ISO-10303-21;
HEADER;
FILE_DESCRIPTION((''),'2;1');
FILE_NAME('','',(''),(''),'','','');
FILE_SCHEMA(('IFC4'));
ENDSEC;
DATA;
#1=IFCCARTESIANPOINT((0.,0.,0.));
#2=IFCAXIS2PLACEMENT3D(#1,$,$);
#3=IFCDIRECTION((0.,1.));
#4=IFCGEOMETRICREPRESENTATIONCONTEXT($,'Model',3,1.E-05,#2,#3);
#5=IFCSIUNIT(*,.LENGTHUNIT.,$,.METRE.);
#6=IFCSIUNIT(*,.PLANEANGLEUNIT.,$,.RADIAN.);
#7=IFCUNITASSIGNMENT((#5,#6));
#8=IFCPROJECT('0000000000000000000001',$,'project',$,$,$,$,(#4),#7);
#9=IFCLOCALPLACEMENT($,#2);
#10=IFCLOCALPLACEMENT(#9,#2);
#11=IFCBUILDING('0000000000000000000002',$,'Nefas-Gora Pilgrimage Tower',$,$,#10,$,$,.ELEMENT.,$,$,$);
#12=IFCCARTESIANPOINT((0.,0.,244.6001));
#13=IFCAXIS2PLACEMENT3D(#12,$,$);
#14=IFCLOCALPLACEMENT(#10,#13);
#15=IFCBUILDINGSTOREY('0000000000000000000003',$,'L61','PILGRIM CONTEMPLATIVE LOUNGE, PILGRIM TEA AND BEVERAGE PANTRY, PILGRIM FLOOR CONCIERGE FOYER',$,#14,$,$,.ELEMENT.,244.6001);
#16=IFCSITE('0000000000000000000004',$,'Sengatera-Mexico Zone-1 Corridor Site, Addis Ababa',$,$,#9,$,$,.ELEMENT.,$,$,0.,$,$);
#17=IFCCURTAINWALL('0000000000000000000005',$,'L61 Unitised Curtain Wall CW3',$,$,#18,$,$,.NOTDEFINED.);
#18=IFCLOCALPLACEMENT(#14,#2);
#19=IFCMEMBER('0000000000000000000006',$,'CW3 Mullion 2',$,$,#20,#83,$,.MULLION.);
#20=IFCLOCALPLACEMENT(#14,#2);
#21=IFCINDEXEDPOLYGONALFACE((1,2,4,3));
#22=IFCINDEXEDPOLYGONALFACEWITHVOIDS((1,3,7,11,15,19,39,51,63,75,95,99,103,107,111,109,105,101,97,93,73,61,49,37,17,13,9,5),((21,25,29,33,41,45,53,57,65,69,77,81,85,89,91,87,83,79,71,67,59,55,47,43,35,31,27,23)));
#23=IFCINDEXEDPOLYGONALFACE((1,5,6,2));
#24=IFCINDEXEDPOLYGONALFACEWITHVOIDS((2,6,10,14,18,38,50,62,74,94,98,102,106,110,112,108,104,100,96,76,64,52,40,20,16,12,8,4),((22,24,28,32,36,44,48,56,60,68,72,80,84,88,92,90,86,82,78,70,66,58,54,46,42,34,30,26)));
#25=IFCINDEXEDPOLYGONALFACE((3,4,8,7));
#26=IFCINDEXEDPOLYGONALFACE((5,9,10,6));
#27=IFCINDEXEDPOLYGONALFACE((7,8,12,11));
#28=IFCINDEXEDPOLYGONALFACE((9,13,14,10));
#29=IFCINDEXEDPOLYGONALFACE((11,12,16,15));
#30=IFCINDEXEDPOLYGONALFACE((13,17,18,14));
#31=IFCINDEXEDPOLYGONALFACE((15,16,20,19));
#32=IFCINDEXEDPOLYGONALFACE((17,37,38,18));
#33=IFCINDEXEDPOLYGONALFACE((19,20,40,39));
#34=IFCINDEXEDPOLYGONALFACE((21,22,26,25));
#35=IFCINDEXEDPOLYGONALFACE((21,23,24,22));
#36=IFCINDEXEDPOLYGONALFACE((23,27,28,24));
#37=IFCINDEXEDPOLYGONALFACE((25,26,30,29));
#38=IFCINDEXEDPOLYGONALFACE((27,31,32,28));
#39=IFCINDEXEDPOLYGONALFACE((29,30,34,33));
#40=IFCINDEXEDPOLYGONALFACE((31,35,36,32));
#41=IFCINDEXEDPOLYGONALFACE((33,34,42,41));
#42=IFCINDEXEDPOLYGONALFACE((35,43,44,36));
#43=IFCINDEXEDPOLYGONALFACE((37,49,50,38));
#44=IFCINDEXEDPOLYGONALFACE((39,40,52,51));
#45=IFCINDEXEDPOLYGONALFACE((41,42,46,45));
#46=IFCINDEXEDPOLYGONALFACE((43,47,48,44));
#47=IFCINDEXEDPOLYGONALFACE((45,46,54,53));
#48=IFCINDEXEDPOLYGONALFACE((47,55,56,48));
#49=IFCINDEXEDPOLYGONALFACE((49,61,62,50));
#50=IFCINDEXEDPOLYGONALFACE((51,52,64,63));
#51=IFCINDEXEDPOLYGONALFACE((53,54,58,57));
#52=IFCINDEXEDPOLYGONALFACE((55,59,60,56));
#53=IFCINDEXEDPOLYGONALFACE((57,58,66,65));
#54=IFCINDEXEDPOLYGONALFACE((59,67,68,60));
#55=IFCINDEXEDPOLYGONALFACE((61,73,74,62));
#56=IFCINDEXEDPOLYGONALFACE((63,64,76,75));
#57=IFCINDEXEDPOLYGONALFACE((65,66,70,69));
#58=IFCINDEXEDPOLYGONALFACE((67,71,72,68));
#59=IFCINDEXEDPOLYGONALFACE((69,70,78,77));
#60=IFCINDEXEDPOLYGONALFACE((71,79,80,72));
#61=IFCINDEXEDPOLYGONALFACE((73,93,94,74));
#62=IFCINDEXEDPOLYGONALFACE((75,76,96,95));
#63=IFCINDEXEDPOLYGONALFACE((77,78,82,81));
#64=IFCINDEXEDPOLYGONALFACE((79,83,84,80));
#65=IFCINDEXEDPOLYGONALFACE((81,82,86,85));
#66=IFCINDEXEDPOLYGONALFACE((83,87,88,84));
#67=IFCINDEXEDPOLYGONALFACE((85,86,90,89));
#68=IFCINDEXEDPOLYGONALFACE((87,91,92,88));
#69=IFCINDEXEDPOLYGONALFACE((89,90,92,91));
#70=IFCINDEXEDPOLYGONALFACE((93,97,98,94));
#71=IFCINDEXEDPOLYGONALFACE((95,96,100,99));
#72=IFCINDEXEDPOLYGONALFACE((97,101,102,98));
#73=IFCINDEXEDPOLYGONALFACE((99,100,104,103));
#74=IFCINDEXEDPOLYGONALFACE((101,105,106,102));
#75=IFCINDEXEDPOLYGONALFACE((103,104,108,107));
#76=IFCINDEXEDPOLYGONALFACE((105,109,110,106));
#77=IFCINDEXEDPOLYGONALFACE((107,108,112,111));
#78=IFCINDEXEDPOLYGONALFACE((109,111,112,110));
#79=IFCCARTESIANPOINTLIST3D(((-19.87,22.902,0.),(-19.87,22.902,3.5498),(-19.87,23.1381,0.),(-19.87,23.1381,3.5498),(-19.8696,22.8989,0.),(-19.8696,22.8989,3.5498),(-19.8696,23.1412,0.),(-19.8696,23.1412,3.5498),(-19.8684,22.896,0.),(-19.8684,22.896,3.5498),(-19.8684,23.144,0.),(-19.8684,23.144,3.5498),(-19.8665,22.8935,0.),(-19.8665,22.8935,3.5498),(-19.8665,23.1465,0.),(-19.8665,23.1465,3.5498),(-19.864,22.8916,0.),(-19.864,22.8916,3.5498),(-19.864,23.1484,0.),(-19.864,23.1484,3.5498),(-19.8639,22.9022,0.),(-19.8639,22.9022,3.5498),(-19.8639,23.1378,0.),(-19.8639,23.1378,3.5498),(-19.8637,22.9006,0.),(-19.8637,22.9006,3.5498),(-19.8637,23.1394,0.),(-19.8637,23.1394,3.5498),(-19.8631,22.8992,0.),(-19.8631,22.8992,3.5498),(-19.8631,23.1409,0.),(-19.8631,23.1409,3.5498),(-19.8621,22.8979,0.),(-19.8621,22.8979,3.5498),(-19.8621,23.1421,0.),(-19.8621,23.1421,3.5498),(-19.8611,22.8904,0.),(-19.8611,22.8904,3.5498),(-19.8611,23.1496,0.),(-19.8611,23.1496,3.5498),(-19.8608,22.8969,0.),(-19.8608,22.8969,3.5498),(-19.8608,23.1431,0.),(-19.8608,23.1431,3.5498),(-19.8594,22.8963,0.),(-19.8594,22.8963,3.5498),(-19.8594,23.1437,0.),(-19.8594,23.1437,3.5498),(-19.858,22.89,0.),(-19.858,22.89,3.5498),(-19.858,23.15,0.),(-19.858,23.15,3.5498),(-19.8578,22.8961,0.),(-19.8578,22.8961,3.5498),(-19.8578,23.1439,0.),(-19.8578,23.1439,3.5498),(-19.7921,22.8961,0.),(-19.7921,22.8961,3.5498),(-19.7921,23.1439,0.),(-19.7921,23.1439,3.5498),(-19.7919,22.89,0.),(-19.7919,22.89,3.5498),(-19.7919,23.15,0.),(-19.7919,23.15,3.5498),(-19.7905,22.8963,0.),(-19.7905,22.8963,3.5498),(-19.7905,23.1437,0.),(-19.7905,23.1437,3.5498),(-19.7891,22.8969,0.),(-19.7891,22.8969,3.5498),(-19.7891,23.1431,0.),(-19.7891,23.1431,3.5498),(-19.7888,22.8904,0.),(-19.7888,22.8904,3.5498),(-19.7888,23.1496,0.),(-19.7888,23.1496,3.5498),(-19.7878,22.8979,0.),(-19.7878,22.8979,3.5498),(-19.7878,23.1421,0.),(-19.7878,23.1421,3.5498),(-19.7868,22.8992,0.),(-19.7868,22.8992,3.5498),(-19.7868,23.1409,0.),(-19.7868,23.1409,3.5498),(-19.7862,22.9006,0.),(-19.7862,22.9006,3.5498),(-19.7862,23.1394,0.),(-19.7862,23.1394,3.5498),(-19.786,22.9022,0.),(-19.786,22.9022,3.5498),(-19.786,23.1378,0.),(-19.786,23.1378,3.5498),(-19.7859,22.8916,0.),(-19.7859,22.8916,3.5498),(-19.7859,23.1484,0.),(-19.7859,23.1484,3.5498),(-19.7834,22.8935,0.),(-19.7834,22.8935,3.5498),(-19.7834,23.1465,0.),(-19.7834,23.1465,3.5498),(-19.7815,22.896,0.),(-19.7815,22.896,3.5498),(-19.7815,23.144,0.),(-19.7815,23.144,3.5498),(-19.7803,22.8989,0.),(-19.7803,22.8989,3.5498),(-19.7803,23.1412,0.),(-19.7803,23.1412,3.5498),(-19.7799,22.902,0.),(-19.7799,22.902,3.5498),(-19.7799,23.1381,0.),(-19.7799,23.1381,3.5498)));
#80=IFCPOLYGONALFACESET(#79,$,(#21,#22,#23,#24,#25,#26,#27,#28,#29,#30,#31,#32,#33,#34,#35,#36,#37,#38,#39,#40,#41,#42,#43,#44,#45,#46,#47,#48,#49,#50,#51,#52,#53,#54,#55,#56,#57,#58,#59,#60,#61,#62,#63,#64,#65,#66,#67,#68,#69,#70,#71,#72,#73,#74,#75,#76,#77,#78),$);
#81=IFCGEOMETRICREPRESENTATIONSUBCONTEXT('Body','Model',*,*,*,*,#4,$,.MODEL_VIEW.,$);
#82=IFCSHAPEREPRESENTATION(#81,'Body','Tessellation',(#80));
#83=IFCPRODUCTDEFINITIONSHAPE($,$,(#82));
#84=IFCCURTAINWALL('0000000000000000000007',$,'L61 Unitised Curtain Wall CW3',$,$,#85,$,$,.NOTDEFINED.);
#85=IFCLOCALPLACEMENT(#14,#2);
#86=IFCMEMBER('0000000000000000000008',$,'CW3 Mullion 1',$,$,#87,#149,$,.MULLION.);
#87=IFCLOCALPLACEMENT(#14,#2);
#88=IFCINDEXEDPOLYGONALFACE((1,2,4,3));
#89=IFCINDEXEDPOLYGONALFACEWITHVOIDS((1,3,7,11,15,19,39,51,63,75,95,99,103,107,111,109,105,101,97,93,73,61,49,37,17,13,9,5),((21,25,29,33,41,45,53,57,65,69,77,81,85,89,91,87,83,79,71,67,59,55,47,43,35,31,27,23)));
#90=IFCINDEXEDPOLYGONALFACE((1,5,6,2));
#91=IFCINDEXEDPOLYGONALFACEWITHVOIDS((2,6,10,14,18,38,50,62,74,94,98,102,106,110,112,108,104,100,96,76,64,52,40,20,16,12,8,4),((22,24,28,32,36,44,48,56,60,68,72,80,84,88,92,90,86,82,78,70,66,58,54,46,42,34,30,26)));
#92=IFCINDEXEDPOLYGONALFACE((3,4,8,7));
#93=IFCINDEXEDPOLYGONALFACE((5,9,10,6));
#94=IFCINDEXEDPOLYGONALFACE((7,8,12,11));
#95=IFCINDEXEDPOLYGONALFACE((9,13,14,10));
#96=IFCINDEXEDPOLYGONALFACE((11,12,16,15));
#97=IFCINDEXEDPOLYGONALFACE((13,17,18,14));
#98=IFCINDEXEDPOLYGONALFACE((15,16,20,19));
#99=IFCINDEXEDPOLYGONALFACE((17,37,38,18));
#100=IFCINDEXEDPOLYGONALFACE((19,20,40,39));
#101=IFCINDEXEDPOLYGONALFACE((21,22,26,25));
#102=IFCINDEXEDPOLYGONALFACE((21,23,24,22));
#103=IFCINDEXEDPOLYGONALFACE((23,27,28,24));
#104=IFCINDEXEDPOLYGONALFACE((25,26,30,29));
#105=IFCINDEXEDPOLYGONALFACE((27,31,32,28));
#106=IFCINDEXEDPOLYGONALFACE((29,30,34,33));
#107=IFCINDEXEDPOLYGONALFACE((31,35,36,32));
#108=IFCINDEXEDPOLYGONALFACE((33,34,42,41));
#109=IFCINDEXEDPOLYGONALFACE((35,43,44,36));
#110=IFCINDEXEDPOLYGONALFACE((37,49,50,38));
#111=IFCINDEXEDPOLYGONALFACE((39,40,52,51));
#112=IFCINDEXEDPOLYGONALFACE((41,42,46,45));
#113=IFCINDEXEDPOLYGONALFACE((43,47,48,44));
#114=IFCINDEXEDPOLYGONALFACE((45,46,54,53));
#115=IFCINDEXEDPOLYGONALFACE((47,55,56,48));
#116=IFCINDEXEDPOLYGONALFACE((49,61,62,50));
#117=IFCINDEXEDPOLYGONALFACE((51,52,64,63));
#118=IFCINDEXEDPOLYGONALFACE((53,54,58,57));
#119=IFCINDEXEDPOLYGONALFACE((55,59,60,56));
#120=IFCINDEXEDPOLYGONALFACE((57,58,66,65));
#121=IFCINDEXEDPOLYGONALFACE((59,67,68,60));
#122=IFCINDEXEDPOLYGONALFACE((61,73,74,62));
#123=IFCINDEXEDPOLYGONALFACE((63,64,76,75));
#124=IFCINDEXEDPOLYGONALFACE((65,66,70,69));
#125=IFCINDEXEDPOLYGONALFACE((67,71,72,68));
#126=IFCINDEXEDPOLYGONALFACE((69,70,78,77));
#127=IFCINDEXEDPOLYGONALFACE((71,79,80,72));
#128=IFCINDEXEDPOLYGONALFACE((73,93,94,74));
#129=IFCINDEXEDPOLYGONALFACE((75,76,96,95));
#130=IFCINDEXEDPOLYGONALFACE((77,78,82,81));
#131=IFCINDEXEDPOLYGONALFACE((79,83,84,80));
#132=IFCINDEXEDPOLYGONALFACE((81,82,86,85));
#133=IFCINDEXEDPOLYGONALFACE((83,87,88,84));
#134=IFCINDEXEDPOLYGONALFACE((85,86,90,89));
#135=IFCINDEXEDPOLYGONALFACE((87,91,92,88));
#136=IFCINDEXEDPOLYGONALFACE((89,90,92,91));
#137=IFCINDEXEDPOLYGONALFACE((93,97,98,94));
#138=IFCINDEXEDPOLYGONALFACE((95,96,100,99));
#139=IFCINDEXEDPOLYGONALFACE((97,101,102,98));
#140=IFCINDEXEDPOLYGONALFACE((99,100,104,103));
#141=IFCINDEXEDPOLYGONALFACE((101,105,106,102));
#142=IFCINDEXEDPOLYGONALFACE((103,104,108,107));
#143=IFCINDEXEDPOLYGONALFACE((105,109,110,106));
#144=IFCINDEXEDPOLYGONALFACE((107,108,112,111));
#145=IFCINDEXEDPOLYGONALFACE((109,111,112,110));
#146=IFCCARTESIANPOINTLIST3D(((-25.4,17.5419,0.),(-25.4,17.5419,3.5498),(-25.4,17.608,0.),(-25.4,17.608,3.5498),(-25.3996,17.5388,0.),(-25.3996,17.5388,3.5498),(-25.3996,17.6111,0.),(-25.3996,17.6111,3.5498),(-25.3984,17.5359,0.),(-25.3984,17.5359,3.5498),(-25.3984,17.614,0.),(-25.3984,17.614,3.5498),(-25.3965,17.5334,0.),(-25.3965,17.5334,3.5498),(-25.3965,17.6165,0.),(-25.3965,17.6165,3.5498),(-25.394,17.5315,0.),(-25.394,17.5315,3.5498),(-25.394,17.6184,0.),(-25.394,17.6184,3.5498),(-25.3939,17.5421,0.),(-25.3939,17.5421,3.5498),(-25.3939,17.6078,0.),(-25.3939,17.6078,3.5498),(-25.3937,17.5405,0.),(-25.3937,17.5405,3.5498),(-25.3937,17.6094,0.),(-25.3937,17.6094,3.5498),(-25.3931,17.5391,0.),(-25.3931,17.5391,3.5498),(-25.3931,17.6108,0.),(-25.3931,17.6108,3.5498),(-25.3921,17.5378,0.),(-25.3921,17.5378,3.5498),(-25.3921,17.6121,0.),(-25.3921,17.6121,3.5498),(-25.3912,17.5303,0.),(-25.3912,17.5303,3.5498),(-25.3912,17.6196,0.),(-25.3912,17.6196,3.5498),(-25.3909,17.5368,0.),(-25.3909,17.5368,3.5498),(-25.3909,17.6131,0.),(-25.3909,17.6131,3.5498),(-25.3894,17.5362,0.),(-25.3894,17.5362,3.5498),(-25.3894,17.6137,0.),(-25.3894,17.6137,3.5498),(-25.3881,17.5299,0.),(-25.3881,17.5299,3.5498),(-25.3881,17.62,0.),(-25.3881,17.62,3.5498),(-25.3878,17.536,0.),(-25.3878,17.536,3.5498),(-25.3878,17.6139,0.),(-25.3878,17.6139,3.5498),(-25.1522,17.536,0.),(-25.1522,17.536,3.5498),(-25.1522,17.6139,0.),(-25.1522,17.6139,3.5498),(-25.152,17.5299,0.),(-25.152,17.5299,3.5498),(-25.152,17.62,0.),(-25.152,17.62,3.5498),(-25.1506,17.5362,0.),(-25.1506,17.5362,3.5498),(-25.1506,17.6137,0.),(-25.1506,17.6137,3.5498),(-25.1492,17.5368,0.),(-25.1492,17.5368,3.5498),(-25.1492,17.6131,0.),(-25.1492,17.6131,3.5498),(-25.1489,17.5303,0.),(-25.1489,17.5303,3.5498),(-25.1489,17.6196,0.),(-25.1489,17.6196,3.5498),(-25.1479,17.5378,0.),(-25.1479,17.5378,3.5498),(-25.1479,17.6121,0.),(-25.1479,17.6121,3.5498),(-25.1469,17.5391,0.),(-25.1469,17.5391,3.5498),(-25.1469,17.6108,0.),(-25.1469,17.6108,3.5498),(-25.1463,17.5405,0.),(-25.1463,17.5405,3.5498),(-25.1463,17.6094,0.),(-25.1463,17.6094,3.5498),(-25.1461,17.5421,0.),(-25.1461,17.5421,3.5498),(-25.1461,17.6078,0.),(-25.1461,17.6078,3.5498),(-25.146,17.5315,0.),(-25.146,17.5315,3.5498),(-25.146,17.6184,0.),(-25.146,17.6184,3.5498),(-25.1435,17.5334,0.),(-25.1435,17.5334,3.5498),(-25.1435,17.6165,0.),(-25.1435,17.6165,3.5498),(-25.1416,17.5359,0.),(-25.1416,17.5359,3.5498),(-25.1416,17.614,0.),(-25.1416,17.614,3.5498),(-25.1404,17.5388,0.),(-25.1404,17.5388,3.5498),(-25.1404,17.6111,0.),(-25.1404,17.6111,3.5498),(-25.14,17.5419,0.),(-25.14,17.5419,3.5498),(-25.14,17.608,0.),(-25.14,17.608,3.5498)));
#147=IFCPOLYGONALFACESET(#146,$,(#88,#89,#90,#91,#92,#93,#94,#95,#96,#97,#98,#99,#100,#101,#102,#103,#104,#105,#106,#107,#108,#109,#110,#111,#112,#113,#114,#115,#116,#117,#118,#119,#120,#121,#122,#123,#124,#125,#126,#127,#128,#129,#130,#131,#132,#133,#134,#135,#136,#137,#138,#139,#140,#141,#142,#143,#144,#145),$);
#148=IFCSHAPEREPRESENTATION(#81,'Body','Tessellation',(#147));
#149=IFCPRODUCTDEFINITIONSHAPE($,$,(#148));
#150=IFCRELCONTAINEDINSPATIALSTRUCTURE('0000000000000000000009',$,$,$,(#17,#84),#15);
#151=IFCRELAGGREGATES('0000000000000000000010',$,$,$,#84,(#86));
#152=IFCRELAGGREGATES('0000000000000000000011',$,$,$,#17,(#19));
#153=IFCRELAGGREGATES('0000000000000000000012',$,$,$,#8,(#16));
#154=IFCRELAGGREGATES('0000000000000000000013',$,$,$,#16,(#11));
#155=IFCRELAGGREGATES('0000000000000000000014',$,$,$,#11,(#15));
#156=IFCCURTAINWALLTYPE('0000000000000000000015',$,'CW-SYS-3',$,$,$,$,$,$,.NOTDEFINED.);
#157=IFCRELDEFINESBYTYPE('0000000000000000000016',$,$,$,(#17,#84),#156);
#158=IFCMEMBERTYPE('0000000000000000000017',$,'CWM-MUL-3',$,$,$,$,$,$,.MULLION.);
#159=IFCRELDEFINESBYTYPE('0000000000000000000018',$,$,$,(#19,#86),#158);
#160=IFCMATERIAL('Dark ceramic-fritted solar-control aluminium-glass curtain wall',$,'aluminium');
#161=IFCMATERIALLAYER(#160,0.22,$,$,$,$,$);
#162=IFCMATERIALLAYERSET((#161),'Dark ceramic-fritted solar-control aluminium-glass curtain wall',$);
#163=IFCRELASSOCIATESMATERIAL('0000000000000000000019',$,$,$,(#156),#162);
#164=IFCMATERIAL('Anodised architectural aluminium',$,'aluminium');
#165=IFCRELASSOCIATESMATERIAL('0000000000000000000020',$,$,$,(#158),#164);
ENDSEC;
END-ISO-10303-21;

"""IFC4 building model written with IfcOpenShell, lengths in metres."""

from ifc_helpers import new_model, si_unit, direction, frame, origin, origin_2d, place, context, subcontext, project, spatial, hollow_rectangle, extrude, source, transform, mapped, material, layer, layer_set, material_profile, profile_set, type_object, element, aggregate, save


model = new_model("IFC4")

# Units and contexts
model_context = context("Model", 3, precision=1e-05, world=origin(), true_north=direction((0.0, 1.0)))
body_context = subcontext(model_context, "Body", "Model", "MODEL_VIEW")
ifc_project = project(units=[si_unit("LENGTHUNIT", "METRE"), si_unit("PLANEANGLEUNIT", "RADIAN")], contexts=[model_context])

# Site, building, storey
site_placement = place(None, origin())
site = spatial("IfcSite", under=ifc_project, at=site_placement, Name="Sengatera-Mexico Zone-1 Corridor Site, Addis Ababa", CompositionType="ELEMENT", RefElevation=0.0)
building_placement = place(site_placement, origin())
building = spatial("IfcBuilding", under=site, at=building_placement, Name="Nefas-Gora Pilgrimage Tower", CompositionType="ELEMENT")
storey_placement = place(building_placement, frame((0.0, 0.0, 244.6001)))
storey = spatial("IfcBuildingStorey", under=building, at=storey_placement, Name="L61", Description="PILGRIM CONTEMPLATIVE LOUNGE, PILGRIM TEA AND BEVERAGE PANTRY, PILGRIM FLOOR CONCIERGE FOYER", CompositionType="ELEMENT", Elevation=244.6001)

# Curtain walls, members
ifc_material_1 = material(Name="Dark ceramic-fritted solar-control aluminium-glass curtain wall", Category="aluminium")
ifc_material_2 = material(Name="Anodised architectural aluminium", Category="aluminium")
ifc_layer_1 = layer(ifc_material_1, 0.22)
ifc_layer_set_1 = layer_set([ifc_layer_1], Name="Dark ceramic-fritted solar-control aluminium-glass curtain wall")
curtain_wall_type_1 = type_object("IfcCurtainWallType", Name="CW-SYS-3", PredefinedType="NOTDEFINED", material=ifc_layer_set_1)
curtain_wall_1_placement = place(storey_placement, origin())
curtain_wall_1 = element("IfcCurtainWall", 1, at=curtain_wall_1_placement, inside=storey, type_object=curtain_wall_type_1, Name="L61 Unitised Curtain Wall CW3", PredefinedType="NOTDEFINED")
ifc_material_profile_1 = material_profile(ifc_material_2, hollow_rectangle(XDim=0.0901, YDim=0.26, WallThickness=0.0061, InnerFilletRadius=0.0061, OuterFilletRadius=0.012, at=origin_2d()), Name="ALU MULLION 90x260")
ifc_profile_set_1 = profile_set([ifc_material_profile_1], Name="Anodised architectural aluminium")
member_type_1 = type_object("IfcMemberType", Name="CWM-MUL-3", PredefinedType="MULLION", material=ifc_profile_set_1)
shared_shape_1 = source(origin(), body_context, "Body", "SweptSolid", [
    extrude(hollow_rectangle(XDim=0.0901, YDim=0.26, WallThickness=0.0061, InnerFilletRadius=0.0061, OuterFilletRadius=0.012, at=origin_2d()), origin(), (0.0, 0.0, 1.0), 3.5498),
])
member_1_placement = place(storey_placement, frame((-19.825, 23.02, 0.0), z_axis=(0.0, 0.0, 1.0), x_axis=(-1.0, 0.0, 0.0)))
member_1 = element("IfcMember", 2, at=member_1_placement, type_object=member_type_1, Name="CW3 Mullion 2", PredefinedType="MULLION", context=body_context, shape_type="MappedRepresentation", body=[
    mapped(shared_shape_1, transform((0.0, 0.0, 0.0), x_axis=(1.0, 0.0, 0.0), y_axis=(0.0, 1.0, 0.0), z_axis=(0.0, 0.0, 1.0), scale=1.0)),
])
curtain_wall_2_placement = place(storey_placement, origin())
curtain_wall_2 = element("IfcCurtainWall", 3, at=curtain_wall_2_placement, inside=storey, type_object=curtain_wall_type_1, Name="L61 Unitised Curtain Wall CW3", PredefinedType="NOTDEFINED")
member_2_placement = place(storey_placement, frame((-25.27, 17.575, 0.0), z_axis=(0.0, 0.0, 1.0), x_axis=(0.0, -1.0, 0.0)))
member_2 = element("IfcMember", 4, at=member_2_placement, type_object=member_type_1, Name="CW3 Mullion 1", PredefinedType="MULLION", context=body_context, shape_type="MappedRepresentation", body=[
    mapped(shared_shape_1, transform((0.0, 0.0, 0.0), x_axis=(1.0, 0.0, 0.0), y_axis=(0.0, 1.0, 0.0), z_axis=(0.0, 0.0, 1.0), scale=1.0)),
])
aggregate(curtain_wall_2, [member_2])

aggregate(curtain_wall_1, [member_1])

save(model, "model.ifc")
